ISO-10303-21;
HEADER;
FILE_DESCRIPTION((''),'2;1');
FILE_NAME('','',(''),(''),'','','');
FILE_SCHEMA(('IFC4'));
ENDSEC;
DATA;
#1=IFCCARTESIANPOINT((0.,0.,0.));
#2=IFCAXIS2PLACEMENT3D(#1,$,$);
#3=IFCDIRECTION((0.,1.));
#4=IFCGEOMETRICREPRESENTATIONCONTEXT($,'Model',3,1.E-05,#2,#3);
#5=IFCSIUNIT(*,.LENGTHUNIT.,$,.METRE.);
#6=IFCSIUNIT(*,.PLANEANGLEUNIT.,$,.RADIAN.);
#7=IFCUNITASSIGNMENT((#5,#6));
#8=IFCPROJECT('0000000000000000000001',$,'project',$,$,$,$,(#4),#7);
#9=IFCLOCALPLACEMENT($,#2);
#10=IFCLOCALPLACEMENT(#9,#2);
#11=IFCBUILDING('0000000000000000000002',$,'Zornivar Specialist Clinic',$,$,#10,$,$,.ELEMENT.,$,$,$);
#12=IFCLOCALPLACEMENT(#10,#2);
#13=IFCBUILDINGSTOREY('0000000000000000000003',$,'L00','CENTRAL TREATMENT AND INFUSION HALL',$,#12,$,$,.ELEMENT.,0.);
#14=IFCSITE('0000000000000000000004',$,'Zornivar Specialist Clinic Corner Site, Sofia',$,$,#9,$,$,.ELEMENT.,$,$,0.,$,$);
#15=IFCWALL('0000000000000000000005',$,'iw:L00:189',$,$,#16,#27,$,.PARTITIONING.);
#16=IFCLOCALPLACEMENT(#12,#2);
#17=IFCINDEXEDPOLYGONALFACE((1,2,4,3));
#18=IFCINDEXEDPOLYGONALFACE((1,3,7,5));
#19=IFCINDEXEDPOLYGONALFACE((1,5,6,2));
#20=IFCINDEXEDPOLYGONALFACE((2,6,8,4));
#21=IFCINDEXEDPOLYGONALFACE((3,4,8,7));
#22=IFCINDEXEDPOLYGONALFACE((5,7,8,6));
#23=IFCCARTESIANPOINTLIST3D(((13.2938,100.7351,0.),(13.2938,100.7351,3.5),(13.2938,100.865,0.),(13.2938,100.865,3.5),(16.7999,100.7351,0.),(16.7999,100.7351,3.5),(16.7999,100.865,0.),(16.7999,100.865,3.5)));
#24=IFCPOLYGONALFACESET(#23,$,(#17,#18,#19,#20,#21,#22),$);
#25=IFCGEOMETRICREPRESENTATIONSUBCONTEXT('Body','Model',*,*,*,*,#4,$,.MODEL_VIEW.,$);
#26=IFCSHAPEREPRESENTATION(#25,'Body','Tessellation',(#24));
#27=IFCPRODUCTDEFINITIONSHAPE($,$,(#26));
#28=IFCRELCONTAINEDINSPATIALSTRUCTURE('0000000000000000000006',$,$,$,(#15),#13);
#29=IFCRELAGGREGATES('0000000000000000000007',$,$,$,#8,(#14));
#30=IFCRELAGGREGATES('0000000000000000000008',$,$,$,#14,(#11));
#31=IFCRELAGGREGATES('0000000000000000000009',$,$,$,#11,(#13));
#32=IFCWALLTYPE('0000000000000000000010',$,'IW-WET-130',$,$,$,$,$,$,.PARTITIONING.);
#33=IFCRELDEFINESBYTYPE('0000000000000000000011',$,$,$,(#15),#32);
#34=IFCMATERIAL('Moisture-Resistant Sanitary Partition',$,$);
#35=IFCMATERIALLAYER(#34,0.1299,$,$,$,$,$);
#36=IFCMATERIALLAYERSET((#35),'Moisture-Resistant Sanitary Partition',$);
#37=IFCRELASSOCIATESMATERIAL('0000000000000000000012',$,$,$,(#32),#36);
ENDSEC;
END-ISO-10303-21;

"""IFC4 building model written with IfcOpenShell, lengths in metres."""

from ifc_helpers import new_model, si_unit, direction, frame, frame_2d, origin, place, context, subcontext, project, spatial, rectangle, extrude, material, layer, layer_set, type_object, element, save


model = new_model("IFC4")

# Units and contexts
model_context = context("Model", 3, precision=1e-05, world=origin(), true_north=direction((0.0, 1.0)))
body_context = subcontext(model_context, "Body", "Model", "MODEL_VIEW")
ifc_project = project(units=[si_unit("LENGTHUNIT", "METRE"), si_unit("PLANEANGLEUNIT", "RADIAN")], contexts=[model_context])

# Site, building, storey
site_placement = place(None, origin())
site = spatial("IfcSite", under=ifc_project, at=site_placement, Name="Zornivar Specialist Clinic Corner Site, Sofia", CompositionType="ELEMENT", RefElevation=0.0)
building_placement = place(site_placement, origin())
building = spatial("IfcBuilding", under=site, at=building_placement, Name="Zornivar Specialist Clinic", CompositionType="ELEMENT")
storey_placement = place(building_placement, origin())
storey = spatial("IfcBuildingStorey", under=building, at=storey_placement, Name="L00", Description="CENTRAL TREATMENT AND INFUSION HALL", CompositionType="ELEMENT", Elevation=0.0)

# Shared definitions
ifc_material_1 = material(Name="Moisture-Resistant Sanitary Partition")
ifc_layer_1 = layer(ifc_material_1, 0.1299)
ifc_layer_set_1 = layer_set([ifc_layer_1], Name="Moisture-Resistant Sanitary Partition")
wall_type_1 = type_object("IfcWallType", Name="IW-WET-130", PredefinedType="PARTITIONING", material=ifc_layer_set_1)

# Wall
wall_1_placement = place(storey_placement, frame((13.2939, 100.8, 0.0), z_axis=(0.0, 0.0, 1.0), x_axis=(1.0, 0.0, 0.0)))
element("IfcWall", 1, at=wall_1_placement, inside=storey, type_object=wall_type_1, Name="iw:L00:189", PredefinedType="PARTITIONING", context=body_context, shape_type="SweptSolid", body=[
    extrude(rectangle(XDim=3.5061, YDim=0.1299, at=frame_2d((1.7529, 0.0))), origin(), (0.0, 0.0, 1.0), 3.5),
])

save(model, "model.ifc")
